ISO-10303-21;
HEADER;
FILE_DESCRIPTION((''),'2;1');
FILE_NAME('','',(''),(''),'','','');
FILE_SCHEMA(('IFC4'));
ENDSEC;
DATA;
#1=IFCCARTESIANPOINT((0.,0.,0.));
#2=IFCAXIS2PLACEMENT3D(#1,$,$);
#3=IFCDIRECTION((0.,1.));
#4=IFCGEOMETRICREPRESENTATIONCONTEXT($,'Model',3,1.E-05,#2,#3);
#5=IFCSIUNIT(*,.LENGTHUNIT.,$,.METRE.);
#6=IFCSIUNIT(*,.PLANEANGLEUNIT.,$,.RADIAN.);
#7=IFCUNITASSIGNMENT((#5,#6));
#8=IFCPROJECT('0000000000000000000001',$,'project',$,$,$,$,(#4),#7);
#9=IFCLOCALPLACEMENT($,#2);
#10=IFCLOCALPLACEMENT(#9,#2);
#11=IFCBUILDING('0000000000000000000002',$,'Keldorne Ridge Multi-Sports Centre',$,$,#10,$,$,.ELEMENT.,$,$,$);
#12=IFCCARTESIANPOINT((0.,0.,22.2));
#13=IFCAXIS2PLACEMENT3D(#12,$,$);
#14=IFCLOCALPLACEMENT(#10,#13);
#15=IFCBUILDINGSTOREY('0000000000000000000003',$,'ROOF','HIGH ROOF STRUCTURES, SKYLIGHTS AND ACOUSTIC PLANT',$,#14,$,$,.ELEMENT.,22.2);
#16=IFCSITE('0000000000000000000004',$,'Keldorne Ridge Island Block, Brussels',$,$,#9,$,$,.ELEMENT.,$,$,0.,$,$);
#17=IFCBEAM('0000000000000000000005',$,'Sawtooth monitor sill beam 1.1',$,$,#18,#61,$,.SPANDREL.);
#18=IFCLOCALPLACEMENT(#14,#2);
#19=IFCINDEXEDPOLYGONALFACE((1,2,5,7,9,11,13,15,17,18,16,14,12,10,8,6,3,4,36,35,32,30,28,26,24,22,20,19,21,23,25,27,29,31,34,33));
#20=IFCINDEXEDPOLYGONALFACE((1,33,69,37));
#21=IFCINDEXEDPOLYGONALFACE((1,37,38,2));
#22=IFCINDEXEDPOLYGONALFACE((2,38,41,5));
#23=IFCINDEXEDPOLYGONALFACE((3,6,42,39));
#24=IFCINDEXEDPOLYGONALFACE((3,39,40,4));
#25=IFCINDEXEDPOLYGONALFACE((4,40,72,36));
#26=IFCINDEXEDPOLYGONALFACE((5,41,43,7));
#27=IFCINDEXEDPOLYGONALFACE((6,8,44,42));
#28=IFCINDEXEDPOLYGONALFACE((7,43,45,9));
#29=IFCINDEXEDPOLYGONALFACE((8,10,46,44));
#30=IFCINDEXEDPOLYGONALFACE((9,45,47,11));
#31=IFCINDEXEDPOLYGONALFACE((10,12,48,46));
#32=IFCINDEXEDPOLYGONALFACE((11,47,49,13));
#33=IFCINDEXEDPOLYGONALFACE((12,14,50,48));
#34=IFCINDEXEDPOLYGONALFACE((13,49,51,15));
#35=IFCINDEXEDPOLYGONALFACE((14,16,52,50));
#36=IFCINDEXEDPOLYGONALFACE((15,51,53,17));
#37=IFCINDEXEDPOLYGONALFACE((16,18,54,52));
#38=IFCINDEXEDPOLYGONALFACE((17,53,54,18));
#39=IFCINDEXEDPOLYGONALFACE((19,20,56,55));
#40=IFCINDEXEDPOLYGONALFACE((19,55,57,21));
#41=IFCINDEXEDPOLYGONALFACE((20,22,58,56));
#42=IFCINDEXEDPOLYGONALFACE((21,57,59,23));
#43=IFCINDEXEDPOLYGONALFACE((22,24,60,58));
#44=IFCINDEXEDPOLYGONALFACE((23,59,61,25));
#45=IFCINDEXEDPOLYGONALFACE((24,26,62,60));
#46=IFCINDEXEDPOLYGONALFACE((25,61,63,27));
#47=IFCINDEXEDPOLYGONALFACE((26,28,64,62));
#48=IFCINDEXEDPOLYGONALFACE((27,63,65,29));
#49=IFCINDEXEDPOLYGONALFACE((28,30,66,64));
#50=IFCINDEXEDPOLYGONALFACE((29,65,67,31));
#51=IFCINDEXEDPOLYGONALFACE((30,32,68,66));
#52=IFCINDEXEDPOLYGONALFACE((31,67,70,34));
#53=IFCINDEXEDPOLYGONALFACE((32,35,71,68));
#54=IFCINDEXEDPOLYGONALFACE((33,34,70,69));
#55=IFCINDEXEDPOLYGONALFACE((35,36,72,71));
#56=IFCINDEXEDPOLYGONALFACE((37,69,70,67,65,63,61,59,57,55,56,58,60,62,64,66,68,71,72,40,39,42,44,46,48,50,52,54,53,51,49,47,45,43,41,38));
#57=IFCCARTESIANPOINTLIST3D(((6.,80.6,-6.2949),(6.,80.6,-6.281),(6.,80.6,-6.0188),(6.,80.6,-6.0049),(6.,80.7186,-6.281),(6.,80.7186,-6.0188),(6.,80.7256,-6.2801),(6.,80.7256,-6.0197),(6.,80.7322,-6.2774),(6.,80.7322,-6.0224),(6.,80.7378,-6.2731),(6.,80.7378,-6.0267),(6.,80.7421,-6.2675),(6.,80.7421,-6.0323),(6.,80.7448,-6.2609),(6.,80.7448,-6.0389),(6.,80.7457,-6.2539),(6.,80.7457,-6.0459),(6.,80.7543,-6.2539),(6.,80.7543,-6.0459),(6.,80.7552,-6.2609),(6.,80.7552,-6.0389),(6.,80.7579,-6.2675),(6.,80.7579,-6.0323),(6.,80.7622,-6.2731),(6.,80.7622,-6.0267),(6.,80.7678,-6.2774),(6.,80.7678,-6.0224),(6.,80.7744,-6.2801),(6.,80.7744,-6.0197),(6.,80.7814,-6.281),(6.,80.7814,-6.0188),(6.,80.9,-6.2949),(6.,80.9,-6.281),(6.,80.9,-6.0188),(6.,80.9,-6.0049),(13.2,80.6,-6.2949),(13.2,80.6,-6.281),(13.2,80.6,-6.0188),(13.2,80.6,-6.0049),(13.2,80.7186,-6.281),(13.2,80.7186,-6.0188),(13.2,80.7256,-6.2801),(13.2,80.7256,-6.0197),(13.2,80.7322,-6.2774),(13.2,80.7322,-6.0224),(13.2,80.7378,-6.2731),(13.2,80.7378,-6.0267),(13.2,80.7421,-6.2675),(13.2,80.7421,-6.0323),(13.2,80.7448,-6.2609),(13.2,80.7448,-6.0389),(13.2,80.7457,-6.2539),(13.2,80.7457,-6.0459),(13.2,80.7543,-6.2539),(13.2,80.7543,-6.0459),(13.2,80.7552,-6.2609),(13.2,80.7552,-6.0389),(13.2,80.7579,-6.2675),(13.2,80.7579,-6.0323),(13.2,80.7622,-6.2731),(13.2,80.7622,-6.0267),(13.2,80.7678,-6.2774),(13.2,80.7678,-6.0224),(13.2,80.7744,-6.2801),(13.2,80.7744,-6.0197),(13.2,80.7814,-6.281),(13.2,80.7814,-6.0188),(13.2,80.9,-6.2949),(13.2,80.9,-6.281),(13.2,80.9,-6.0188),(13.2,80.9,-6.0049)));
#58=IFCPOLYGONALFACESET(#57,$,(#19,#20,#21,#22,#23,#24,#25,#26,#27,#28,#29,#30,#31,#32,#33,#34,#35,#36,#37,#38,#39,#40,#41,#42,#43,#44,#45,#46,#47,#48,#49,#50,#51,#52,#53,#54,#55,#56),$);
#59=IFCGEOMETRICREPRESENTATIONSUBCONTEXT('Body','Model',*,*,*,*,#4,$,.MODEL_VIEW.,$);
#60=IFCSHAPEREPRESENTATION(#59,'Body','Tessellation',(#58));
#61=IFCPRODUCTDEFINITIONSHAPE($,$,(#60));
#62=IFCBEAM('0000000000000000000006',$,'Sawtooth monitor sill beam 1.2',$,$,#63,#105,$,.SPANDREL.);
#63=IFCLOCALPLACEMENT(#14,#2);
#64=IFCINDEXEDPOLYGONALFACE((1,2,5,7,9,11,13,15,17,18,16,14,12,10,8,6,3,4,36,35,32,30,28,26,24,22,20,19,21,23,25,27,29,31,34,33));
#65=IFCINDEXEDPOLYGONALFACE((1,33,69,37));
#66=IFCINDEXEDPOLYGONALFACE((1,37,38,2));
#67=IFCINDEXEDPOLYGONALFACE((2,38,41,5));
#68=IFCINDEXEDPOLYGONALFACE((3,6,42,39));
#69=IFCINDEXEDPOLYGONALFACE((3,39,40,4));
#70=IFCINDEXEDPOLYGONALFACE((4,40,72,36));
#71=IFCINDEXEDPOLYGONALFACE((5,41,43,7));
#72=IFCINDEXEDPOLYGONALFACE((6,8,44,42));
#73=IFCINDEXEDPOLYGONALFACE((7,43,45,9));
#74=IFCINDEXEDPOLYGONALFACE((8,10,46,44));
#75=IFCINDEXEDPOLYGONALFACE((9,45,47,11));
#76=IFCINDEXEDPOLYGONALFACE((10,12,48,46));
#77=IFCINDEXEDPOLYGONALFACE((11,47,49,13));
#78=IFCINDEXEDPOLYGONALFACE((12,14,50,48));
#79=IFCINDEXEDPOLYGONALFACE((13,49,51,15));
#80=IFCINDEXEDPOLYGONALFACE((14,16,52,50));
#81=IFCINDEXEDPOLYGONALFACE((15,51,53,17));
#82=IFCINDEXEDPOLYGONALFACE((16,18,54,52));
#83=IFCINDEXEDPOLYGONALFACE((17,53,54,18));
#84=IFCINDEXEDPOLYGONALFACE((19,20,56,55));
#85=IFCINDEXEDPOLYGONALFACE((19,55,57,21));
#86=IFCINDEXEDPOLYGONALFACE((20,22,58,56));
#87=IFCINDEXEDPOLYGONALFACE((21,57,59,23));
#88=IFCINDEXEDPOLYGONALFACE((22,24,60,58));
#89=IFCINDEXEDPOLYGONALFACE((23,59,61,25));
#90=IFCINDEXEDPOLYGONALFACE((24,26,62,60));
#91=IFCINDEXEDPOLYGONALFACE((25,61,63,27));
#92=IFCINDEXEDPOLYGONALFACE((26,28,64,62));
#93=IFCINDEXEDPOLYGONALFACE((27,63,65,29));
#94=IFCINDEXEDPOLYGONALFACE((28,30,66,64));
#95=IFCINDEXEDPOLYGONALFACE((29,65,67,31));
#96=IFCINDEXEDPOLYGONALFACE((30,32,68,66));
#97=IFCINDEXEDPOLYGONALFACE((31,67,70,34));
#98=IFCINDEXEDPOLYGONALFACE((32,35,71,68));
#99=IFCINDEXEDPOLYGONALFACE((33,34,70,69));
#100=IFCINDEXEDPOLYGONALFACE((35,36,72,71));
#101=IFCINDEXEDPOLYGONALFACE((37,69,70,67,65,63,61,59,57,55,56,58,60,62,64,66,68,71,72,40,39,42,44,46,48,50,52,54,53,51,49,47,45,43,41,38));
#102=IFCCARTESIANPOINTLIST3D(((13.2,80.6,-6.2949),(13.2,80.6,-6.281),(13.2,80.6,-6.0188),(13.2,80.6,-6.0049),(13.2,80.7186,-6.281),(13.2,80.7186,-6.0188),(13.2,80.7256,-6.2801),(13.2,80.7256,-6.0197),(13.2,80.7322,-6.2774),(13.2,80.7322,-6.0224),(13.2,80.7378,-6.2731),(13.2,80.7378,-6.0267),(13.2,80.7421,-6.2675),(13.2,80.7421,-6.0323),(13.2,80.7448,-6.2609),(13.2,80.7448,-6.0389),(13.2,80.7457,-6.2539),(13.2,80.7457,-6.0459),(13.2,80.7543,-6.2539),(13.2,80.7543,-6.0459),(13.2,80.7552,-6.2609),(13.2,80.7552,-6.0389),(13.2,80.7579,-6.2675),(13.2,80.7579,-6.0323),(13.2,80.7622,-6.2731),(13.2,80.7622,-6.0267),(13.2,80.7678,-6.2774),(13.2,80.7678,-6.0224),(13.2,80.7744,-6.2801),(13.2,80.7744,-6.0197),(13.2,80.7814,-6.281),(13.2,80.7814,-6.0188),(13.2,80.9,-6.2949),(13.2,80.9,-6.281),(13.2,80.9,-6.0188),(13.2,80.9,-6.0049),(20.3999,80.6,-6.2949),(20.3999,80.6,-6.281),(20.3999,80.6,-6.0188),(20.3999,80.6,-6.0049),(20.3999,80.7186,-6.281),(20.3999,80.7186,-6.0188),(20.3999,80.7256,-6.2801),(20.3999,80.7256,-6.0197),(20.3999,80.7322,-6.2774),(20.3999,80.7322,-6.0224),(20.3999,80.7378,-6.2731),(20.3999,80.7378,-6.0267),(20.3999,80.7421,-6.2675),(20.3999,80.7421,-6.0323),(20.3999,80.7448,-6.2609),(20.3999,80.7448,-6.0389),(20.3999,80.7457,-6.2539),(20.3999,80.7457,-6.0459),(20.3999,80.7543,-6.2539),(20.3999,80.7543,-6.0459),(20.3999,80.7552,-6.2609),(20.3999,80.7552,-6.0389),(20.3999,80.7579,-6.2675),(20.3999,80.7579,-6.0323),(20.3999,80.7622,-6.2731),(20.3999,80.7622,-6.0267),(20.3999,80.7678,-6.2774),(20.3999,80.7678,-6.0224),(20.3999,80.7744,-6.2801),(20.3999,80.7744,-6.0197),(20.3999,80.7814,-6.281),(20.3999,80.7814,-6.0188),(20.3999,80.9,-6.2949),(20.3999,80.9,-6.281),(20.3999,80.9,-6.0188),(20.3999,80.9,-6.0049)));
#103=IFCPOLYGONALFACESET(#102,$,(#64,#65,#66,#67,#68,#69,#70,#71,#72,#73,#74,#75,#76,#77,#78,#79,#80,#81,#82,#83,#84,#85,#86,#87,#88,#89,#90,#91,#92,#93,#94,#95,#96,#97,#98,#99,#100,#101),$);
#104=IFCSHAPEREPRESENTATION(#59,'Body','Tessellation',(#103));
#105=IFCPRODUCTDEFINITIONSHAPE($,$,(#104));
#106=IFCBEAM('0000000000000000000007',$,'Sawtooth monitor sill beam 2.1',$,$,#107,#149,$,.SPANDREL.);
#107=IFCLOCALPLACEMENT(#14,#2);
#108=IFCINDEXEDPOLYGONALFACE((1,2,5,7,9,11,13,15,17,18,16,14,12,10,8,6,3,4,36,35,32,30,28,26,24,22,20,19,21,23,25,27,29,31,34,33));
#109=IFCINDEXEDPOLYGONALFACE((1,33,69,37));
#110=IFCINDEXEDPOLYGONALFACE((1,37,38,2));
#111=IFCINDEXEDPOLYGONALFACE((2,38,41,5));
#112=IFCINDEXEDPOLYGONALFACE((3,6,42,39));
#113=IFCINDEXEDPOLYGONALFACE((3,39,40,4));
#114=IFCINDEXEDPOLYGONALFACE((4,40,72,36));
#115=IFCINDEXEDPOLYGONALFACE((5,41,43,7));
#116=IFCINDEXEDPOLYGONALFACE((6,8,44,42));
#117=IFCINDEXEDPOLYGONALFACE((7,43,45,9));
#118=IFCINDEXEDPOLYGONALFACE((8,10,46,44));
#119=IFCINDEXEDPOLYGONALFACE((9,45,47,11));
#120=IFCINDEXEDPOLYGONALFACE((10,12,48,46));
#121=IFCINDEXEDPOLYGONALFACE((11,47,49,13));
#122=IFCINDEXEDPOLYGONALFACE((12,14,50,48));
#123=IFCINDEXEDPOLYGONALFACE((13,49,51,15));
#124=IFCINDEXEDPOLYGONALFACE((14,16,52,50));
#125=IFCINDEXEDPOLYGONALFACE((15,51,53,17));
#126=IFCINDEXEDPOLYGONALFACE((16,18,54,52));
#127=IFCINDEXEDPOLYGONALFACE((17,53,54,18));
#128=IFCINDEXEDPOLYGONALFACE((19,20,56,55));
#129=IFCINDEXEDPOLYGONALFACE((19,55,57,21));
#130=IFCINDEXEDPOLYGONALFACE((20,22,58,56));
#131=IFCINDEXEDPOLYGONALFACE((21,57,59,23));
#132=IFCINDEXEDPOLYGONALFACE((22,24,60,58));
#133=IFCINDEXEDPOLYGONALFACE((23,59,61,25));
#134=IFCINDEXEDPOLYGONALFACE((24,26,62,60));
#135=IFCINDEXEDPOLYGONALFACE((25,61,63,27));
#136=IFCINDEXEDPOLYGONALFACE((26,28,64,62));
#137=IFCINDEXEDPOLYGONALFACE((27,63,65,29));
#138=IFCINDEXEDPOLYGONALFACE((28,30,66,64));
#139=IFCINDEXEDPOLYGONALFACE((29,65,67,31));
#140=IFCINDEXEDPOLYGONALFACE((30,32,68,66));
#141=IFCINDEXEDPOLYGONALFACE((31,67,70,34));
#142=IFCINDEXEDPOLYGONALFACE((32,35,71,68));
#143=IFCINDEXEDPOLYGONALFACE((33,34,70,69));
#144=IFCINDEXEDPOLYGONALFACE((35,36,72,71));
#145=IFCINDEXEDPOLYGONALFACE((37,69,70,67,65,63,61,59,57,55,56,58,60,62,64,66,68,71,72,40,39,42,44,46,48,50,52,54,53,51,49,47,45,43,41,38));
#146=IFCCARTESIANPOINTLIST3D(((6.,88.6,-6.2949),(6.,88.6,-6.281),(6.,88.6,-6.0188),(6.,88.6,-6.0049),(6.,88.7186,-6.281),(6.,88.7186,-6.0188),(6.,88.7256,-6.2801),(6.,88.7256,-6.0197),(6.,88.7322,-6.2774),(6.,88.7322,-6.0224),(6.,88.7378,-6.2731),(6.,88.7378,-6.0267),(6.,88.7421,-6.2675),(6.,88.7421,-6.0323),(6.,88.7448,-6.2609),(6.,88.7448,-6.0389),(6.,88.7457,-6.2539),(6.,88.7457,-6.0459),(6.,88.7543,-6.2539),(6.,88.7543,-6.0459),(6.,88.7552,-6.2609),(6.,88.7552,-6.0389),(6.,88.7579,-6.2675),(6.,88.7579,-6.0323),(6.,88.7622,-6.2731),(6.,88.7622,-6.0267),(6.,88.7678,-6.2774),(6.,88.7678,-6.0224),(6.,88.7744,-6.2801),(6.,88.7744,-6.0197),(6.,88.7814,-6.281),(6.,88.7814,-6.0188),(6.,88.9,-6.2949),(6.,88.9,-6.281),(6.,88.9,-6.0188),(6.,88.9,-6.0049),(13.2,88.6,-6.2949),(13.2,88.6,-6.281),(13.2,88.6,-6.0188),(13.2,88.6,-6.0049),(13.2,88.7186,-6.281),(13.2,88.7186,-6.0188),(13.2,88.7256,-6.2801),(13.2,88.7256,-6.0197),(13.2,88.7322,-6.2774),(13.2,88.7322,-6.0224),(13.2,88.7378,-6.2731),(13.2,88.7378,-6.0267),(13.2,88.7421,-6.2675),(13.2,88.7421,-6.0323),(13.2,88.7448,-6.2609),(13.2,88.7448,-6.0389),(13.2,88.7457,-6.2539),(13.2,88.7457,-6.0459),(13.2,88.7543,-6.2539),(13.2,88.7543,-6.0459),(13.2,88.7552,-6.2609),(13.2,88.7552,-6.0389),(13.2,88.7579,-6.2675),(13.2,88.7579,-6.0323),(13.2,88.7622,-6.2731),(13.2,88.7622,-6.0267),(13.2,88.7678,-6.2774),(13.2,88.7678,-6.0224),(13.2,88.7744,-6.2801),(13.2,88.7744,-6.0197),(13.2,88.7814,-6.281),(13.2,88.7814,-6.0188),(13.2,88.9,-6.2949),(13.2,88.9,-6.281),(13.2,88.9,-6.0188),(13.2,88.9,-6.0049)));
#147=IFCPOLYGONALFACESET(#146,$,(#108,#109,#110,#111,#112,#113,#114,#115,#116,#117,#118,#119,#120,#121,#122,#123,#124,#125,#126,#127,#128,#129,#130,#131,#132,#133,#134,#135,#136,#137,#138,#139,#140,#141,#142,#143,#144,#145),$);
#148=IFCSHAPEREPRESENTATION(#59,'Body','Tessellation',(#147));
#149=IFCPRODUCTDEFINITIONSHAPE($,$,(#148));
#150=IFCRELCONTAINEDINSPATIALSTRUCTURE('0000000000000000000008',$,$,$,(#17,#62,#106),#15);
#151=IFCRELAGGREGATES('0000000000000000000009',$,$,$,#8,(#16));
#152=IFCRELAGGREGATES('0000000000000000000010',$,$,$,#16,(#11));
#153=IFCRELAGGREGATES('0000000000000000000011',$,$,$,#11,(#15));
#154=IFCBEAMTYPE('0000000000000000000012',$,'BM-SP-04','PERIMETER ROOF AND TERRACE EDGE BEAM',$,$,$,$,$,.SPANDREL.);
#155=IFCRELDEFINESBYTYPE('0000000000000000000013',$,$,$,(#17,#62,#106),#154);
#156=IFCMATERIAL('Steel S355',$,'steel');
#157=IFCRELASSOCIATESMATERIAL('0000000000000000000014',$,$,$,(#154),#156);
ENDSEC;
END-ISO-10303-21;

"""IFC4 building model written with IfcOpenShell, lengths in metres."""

from ifc_helpers import new_model, si_unit, direction, frame, origin, origin_2d, place, context, subcontext, project, spatial, i_section, extrude, material, material_profile, profile_set, type_object, element, save


model = new_model("IFC4")

# Units and contexts
model_context = context("Model", 3, precision=1e-05, world=origin(), true_north=direction((0.0, 1.0)))
body_context = subcontext(model_context, "Body", "Model", "MODEL_VIEW")
ifc_project = project(units=[si_unit("LENGTHUNIT", "METRE"), si_unit("PLANEANGLEUNIT", "RADIAN")], contexts=[model_context])

# Site, building, storey
site_placement = place(None, origin())
site = spatial("IfcSite", under=ifc_project, at=site_placement, Name="Keldorne Ridge Island Block, Brussels", CompositionType="ELEMENT", RefElevation=0.0)
building_placement = place(site_placement, origin())
building = spatial("IfcBuilding", under=site, at=building_placement, Name="Keldorne Ridge Multi-Sports Centre", CompositionType="ELEMENT")
storey_placement = place(building_placement, frame((0.0, 0.0, 22.2)))
storey = spatial("IfcBuildingStorey", under=building, at=storey_placement, Name="ROOF", Description="HIGH ROOF STRUCTURES, SKYLIGHTS AND ACOUSTIC PLANT", CompositionType="ELEMENT", Elevation=22.2)

# Beams
ifc_material_1 = material(Name="Steel S355", Category="steel")
ifc_material_profile_1 = material_profile(ifc_material_1, i_section(OverallWidth=0.3, OverallDepth=0.29, WebThickness=0.0085, FlangeThickness=0.0139, FilletRadius=0.0271, at=origin_2d()), Name="HEA 300")
ifc_profile_set_1 = profile_set([ifc_material_profile_1], Name="Steel S355")
beam_type_1 = type_object("IfcBeamType", Name="BM-SP-04", Description="PERIMETER ROOF AND TERRACE EDGE BEAM", PredefinedType="SPANDREL", material=ifc_profile_set_1)
for number, where, z_axis, x_axis, name in (
    (1, (6.0, 80.75, -6.1499), (1.0, 0.0, 0.0), (0.0, 1.0, 0.0), "Sawtooth monitor sill beam 1.1"),
    (2, (13.2, 80.75, -6.1499), (1.0, 0.0, 0.0), (0.0, 1.0, 0.0), "Sawtooth monitor sill beam 1.2"),
    (3, (6.0, 88.75, -6.1499), (1.0, 0.0, 0.0), (0.0, 1.0, 0.0), "Sawtooth monitor sill beam 2.1"),
):
    element("IfcBeam", number, at=place(storey_placement, frame(where, z_axis=z_axis, x_axis=x_axis)), inside=storey, type_object=beam_type_1, Name=name, PredefinedType="SPANDREL", context=body_context, shape_type="SweptSolid", body=[
        extrude(i_section(OverallWidth=0.3, OverallDepth=0.29, WebThickness=0.0085, FlangeThickness=0.0139, FilletRadius=0.0271, at=origin_2d()), origin(), (0.0, 0.0, 1.0), 7.2),
    ])

save(model, "model.ifc")
